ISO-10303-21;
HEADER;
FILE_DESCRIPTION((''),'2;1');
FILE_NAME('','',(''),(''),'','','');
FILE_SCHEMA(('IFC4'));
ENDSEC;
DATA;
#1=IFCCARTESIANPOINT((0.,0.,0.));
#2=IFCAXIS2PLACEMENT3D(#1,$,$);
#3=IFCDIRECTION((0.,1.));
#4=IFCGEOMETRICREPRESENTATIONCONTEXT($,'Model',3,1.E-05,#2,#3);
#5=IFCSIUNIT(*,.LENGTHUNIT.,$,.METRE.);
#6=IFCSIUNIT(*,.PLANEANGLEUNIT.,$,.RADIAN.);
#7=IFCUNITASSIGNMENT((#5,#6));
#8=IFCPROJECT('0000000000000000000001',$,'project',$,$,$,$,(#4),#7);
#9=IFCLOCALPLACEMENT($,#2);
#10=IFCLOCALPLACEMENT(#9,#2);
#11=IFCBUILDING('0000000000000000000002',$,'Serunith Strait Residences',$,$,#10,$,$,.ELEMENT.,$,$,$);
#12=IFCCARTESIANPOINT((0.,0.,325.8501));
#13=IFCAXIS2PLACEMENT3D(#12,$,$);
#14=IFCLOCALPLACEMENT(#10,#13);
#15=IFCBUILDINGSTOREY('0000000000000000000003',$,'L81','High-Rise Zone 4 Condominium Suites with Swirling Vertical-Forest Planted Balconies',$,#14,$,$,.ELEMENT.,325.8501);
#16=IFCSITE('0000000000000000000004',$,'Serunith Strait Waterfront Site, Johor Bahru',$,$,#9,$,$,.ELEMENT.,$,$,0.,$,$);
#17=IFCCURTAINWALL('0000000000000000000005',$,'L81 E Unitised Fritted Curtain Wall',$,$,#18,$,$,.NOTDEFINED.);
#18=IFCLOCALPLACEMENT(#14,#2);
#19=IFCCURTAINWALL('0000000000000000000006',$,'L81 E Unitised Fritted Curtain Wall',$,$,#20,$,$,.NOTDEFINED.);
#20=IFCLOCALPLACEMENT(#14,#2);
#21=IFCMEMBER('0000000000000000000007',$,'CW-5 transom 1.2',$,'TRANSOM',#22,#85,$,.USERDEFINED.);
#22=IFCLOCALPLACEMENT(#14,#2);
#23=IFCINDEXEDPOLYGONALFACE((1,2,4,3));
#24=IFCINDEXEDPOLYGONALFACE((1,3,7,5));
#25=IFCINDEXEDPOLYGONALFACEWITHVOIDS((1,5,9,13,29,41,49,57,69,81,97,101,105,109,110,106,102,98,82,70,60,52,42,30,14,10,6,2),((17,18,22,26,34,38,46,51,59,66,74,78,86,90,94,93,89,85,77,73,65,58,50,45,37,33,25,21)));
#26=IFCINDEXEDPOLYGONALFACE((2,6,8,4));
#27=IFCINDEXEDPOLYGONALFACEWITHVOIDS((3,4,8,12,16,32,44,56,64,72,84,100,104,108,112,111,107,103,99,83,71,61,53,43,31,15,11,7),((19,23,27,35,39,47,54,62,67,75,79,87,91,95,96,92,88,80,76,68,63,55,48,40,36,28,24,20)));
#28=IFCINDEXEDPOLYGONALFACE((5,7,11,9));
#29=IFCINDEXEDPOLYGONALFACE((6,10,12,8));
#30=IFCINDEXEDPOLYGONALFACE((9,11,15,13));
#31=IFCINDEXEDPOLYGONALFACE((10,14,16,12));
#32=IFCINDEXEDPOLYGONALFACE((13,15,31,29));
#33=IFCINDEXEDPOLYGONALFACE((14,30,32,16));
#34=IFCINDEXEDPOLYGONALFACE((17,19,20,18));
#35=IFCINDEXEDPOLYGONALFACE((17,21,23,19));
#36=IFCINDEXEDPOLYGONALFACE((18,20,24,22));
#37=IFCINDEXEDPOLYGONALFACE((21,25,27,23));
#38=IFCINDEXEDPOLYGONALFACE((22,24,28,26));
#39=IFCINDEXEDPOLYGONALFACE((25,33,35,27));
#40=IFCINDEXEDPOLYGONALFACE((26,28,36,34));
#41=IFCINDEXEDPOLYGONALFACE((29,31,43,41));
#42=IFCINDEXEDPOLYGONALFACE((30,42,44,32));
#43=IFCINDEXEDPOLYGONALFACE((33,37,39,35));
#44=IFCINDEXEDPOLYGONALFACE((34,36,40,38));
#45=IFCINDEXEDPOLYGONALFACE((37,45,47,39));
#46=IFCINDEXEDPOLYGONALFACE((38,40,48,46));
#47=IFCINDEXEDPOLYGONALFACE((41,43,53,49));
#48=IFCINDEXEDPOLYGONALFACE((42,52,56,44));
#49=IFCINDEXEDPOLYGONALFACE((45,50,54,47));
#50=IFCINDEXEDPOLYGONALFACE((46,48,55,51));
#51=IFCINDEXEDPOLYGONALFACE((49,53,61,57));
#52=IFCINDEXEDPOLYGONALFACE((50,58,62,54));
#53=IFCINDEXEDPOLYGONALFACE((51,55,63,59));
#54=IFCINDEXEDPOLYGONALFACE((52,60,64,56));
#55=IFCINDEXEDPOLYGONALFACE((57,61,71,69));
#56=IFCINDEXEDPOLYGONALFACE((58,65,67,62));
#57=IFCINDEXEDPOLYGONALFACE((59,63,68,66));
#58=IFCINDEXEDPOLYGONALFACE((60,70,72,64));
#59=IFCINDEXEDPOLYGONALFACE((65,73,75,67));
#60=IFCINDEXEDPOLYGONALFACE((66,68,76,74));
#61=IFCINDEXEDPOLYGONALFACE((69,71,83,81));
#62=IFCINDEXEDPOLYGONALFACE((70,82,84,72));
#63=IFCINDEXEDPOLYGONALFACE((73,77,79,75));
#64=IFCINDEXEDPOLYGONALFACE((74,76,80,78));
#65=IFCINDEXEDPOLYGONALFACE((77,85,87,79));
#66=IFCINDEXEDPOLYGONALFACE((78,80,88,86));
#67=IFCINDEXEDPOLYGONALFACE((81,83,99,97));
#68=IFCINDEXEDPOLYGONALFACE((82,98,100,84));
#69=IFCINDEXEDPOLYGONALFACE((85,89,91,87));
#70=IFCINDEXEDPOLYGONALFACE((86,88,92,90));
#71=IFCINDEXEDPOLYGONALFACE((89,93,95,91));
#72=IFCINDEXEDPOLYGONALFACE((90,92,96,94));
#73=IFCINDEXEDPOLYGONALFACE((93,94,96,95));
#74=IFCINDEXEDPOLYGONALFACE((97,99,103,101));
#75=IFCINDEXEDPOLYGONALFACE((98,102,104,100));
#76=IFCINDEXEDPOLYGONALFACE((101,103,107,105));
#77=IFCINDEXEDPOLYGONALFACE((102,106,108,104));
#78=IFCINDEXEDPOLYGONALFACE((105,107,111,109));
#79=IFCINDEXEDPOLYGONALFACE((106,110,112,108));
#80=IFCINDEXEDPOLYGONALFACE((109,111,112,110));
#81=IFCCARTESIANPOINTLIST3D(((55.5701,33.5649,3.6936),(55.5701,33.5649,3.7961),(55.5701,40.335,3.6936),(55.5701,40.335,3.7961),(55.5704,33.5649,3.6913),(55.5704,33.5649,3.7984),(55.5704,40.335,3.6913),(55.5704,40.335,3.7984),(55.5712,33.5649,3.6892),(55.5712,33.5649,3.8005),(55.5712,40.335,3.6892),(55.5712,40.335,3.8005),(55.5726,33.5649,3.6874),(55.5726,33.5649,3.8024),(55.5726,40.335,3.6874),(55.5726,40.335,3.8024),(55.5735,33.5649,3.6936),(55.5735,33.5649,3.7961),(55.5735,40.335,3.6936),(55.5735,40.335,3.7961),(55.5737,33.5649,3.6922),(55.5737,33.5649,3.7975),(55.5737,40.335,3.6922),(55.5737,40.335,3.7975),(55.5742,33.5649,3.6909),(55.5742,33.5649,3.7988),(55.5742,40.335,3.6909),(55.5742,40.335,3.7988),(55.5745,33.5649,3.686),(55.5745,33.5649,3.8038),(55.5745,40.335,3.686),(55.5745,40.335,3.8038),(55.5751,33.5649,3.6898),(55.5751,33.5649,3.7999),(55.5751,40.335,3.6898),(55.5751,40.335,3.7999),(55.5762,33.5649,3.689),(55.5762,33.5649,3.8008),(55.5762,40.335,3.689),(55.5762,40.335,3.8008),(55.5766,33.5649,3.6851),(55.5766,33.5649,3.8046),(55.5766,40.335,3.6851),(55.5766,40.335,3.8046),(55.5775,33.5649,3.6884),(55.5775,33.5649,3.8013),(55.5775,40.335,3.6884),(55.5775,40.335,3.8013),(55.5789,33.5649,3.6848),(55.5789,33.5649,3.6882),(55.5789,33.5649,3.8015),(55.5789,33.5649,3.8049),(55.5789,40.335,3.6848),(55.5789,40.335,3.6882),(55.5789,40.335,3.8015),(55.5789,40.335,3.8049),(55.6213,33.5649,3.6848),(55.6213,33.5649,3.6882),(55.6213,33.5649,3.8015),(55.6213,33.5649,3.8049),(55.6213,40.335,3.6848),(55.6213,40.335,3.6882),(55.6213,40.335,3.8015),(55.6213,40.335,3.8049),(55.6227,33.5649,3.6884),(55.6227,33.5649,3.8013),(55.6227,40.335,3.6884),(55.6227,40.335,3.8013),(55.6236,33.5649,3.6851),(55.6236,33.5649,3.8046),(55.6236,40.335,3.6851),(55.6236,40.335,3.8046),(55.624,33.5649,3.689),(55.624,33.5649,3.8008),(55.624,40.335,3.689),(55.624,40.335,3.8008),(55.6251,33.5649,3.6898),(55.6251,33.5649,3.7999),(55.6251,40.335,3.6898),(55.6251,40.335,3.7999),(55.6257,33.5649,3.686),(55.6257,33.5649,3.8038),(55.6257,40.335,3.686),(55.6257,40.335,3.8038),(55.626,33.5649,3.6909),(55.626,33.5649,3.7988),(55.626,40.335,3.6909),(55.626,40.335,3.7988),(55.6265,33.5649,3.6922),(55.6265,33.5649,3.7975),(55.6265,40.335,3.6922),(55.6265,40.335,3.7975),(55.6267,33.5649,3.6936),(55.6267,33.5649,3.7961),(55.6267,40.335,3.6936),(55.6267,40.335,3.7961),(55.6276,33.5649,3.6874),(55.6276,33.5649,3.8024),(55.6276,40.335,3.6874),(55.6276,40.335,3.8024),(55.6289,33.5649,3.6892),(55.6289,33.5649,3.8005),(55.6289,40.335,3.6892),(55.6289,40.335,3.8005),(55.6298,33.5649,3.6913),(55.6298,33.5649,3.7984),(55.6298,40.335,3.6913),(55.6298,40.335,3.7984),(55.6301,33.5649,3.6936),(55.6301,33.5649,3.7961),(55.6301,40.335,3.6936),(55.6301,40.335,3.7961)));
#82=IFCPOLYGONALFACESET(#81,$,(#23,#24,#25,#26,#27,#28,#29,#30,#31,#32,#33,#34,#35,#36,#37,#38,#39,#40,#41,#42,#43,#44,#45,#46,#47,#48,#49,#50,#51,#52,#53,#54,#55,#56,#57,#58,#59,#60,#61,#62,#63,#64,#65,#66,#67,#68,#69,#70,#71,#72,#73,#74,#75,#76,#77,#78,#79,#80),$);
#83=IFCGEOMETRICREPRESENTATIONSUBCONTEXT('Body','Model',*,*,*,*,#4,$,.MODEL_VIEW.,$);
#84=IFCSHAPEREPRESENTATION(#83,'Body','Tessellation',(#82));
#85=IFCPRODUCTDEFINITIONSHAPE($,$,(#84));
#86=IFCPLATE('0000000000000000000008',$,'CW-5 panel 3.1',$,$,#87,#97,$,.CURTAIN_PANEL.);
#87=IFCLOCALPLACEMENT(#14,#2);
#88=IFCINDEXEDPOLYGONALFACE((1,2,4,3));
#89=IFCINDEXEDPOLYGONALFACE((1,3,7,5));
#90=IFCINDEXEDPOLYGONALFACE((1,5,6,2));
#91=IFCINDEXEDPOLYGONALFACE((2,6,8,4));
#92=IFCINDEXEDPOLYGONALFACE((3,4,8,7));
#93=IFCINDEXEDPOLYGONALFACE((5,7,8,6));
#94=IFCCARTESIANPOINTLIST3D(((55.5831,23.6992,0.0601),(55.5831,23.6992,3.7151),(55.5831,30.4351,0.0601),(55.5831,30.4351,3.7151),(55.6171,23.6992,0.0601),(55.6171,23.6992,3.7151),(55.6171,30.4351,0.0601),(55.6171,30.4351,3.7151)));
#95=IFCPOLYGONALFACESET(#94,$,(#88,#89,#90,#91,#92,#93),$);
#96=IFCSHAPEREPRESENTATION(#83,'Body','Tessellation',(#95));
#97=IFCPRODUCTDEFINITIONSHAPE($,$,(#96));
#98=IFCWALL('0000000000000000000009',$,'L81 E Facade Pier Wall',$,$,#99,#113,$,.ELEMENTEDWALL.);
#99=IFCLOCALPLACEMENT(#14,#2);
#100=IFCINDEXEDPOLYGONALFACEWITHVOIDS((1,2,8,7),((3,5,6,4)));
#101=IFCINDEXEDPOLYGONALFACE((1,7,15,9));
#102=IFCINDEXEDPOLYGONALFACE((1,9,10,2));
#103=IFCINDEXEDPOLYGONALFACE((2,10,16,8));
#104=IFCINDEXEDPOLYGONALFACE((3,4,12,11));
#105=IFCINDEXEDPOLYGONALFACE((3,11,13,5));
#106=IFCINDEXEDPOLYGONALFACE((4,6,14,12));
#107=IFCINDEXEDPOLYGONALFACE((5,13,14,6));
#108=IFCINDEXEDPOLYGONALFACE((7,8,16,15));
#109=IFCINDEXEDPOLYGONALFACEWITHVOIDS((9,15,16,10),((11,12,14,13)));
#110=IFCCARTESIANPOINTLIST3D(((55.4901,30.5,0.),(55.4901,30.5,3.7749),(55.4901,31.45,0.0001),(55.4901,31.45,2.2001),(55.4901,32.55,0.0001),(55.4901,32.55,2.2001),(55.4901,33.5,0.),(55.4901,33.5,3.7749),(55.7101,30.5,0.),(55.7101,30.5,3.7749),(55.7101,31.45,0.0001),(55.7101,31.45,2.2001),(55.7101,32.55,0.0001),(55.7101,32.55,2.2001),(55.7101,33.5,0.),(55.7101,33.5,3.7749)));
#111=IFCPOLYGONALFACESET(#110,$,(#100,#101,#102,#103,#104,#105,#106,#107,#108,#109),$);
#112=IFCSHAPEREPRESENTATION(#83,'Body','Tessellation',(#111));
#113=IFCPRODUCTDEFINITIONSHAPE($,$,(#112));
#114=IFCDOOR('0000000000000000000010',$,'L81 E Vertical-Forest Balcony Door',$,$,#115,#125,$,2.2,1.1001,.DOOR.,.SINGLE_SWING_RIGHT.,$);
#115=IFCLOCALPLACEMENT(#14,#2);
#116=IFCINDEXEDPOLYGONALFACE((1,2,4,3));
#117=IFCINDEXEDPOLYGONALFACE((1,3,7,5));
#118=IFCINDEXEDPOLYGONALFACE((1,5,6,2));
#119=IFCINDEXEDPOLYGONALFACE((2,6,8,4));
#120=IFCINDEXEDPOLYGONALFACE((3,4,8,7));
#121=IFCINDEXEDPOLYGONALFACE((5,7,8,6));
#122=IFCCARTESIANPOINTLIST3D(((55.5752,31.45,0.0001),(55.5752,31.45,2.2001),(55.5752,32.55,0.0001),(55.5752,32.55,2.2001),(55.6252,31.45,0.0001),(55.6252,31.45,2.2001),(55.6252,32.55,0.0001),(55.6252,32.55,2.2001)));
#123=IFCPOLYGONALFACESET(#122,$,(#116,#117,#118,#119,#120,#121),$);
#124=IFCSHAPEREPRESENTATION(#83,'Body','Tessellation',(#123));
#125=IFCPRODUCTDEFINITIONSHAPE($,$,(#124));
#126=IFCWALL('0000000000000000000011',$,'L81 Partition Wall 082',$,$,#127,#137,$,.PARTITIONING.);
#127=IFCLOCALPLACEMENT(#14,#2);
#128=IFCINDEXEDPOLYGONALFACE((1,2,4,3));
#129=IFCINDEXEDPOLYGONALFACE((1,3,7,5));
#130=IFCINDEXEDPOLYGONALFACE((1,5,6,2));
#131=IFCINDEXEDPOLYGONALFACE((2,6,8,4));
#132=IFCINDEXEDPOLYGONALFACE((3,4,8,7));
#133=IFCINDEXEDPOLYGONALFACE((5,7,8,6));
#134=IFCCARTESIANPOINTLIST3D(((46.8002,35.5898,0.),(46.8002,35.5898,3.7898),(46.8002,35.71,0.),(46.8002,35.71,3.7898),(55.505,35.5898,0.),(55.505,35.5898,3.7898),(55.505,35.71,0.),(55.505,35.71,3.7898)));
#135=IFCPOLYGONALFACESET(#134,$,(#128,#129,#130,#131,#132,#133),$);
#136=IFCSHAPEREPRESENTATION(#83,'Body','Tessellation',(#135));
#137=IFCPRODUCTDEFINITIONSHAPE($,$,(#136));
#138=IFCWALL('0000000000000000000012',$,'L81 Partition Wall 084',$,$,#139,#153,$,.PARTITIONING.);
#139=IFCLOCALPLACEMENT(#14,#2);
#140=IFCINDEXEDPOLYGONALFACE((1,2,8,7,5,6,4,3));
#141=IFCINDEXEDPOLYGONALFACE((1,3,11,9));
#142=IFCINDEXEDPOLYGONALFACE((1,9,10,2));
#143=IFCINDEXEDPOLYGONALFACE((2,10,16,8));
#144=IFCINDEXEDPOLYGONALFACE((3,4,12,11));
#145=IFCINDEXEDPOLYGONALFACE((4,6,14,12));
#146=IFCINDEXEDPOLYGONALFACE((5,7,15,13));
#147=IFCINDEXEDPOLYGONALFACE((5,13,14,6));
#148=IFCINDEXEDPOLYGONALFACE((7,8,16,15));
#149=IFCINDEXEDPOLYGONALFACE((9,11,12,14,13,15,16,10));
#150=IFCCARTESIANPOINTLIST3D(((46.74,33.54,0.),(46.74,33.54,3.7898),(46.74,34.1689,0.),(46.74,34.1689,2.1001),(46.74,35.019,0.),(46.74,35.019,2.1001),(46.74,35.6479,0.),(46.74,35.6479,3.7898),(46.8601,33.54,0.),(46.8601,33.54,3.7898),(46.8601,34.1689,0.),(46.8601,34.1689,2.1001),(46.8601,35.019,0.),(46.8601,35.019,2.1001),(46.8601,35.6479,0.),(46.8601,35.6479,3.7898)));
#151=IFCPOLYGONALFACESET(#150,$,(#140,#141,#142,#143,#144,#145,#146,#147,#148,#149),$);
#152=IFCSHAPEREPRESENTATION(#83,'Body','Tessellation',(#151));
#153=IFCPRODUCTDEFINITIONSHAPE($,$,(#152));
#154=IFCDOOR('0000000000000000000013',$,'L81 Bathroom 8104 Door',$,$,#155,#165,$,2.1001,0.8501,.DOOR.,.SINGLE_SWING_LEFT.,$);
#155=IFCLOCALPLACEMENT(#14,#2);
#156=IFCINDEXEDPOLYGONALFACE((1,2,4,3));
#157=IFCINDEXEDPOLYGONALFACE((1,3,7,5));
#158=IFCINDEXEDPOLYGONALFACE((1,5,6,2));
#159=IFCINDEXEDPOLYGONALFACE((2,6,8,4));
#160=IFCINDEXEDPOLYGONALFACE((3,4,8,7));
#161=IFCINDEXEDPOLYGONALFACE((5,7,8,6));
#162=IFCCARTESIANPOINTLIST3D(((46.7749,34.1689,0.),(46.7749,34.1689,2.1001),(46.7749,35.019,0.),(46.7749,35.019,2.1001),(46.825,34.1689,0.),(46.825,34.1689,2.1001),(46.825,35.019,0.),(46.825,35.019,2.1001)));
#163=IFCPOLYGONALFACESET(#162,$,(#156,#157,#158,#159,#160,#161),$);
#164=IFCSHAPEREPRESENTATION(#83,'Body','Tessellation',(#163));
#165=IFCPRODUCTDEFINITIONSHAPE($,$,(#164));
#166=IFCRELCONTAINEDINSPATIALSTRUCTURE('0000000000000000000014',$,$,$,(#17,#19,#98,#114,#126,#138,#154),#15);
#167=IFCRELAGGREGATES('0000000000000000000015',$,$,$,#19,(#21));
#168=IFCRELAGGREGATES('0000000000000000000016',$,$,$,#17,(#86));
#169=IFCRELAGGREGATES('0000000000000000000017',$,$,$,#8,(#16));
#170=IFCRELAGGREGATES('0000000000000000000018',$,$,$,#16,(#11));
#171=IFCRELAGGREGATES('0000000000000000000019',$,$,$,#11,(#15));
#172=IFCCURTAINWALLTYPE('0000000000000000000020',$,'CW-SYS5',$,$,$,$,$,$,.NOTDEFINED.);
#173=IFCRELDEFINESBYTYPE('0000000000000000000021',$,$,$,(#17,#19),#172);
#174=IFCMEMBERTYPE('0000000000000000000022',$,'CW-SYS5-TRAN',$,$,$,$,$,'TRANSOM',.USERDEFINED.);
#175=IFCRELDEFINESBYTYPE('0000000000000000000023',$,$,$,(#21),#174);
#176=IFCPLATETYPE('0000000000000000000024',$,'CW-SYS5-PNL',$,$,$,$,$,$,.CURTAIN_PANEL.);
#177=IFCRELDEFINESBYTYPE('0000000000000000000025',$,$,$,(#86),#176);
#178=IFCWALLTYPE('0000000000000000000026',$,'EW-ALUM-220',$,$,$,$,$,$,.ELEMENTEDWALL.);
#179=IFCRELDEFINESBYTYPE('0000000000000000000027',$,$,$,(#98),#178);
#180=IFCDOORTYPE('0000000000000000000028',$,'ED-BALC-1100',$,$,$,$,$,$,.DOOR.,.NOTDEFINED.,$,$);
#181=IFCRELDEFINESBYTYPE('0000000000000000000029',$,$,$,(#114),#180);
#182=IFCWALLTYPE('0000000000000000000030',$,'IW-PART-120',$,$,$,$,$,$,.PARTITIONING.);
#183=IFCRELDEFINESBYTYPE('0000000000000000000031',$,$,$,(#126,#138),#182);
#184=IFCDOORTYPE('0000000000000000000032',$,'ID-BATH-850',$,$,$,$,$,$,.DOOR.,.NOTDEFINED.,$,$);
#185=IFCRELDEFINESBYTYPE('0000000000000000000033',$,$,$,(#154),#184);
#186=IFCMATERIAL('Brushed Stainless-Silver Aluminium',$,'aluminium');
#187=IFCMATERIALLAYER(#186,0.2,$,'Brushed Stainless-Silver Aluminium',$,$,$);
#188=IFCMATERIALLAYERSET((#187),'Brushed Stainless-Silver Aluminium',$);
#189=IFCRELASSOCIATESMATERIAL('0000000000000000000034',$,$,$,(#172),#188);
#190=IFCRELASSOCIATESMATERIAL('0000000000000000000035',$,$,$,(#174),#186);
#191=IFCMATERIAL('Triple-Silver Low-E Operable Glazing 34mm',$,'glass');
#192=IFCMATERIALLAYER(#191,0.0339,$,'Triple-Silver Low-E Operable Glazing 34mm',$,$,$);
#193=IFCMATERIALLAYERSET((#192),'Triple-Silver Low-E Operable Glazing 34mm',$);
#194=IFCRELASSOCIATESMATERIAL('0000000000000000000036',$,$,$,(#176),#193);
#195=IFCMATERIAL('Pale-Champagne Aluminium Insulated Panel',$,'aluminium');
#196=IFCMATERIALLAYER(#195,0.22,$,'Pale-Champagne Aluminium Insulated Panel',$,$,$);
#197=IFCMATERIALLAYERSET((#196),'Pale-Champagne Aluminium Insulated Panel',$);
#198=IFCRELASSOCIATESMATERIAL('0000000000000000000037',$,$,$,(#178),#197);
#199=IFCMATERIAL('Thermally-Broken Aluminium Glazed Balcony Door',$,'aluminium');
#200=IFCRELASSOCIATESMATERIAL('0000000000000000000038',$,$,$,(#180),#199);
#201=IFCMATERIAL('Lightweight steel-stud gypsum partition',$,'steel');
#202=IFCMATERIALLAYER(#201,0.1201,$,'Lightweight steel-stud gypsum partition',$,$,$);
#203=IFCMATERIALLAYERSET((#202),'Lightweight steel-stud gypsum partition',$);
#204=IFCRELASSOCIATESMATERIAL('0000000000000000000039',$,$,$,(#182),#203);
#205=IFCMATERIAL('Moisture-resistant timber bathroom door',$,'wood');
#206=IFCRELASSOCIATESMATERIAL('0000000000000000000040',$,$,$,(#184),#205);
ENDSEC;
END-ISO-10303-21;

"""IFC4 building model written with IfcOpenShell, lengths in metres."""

from ifc_helpers import new_model, si_unit, direction, frame, frame_2d, origin, origin_2d, place, context, subcontext, project, spatial, rectangle, hollow_rectangle, extrude, source, transform, mapped, material, layer, layer_set, material_profile, profile_set, type_object, element, fill, aggregate, save


model = new_model("IFC4")

# Units and contexts
model_context = context("Model", 3, precision=1e-05, world=origin(), true_north=direction((0.0, 1.0)))
body_context = subcontext(model_context, "Body", "Model", "MODEL_VIEW")
ifc_project = project(units=[si_unit("LENGTHUNIT", "METRE"), si_unit("PLANEANGLEUNIT", "RADIAN")], contexts=[model_context])

# Site, building, storey
site_placement = place(None, origin())
site = spatial("IfcSite", under=ifc_project, at=site_placement, Name="Serunith Strait Waterfront Site, Johor Bahru", CompositionType="ELEMENT", RefElevation=0.0)
building_placement = place(site_placement, origin())
building = spatial("IfcBuilding", under=site, at=building_placement, Name="Serunith Strait Residences", CompositionType="ELEMENT")
storey_placement = place(building_placement, frame((0.0, 0.0, 325.8501)))
storey = spatial("IfcBuildingStorey", under=building, at=storey_placement, Name="L81", Description="High-Rise Zone 4 Condominium Suites with Swirling Vertical-Forest Planted Balconies", CompositionType="ELEMENT", Elevation=325.8501)

# Curtain wall
ifc_material_1 = material(Name="Brushed Stainless-Silver Aluminium", Category="aluminium")
ifc_layer_1 = layer(ifc_material_1, 0.2, Name="Brushed Stainless-Silver Aluminium")
ifc_layer_set_1 = layer_set([ifc_layer_1], Name="Brushed Stainless-Silver Aluminium")
curtain_wall_type = type_object("IfcCurtainWallType", Name="CW-SYS5", PredefinedType="NOTDEFINED", material=ifc_layer_set_1)
curtain_wall_1_placement = place(storey_placement, origin())
curtain_wall_1 = element("IfcCurtainWall", 1, at=curtain_wall_1_placement, inside=storey, type_object=curtain_wall_type, Name="L81 E Unitised Fritted Curtain Wall", PredefinedType="NOTDEFINED")

# Curtain wall
curtain_wall_2_placement = place(storey_placement, origin())
curtain_wall_2 = element("IfcCurtainWall", 2, at=curtain_wall_2_placement, inside=storey, type_object=curtain_wall_type, Name="L81 E Unitised Fritted Curtain Wall", PredefinedType="NOTDEFINED")

# Member
ifc_material_profile_1 = material_profile(ifc_material_1, hollow_rectangle(XDim=0.0601, YDim=0.1201, WallThickness=0.0034, InnerFilletRadius=0.0054, OuterFilletRadius=0.0088, at=origin_2d()), Name="ALU 120x60x3.5")
ifc_profile_set_1 = profile_set([ifc_material_profile_1], Name="Brushed Stainless-Silver Aluminium")
member_type_1 = type_object("IfcMemberType", Name="CW-SYS5-TRAN", ElementType="TRANSOM", PredefinedType="USERDEFINED", material=ifc_profile_set_1)
shared_shape_1 = source(origin(), body_context, "Body", "SweptSolid", [
    extrude(hollow_rectangle(XDim=0.0601, YDim=0.1201, WallThickness=0.0034, InnerFilletRadius=0.0054, OuterFilletRadius=0.0088, at=origin_2d()), origin(), (0.0, 0.0, 1.0), 6.77),
])
member_1_placement = place(storey_placement, frame((55.6001, 33.5649, 3.7449), z_axis=(0.0, 1.0, 0.0), x_axis=(-1.0, 0.0, 0.0)))
member_1 = element("IfcMember", 3, at=member_1_placement, type_object=member_type_1, Name="CW-5 transom 1.2", ObjectType="TRANSOM", PredefinedType="USERDEFINED", context=body_context, shape_type="MappedRepresentation", body=[
    mapped(shared_shape_1, transform((0.0, 0.0, 0.0), scale=1.0)),
])
aggregate(curtain_wall_2, [member_1])

# Plate
ifc_material_2 = material(Name="Triple-Silver Low-E Operable Glazing 34mm", Category="glass")
ifc_layer_2 = layer(ifc_material_2, 0.0339, Name="Triple-Silver Low-E Operable Glazing 34mm")
ifc_layer_set_2 = layer_set([ifc_layer_2], Name="Triple-Silver Low-E Operable Glazing 34mm")
plate_type = type_object("IfcPlateType", Name="CW-SYS5-PNL", PredefinedType="CURTAIN_PANEL", material=ifc_layer_set_2)
shared_shape_2 = source(origin(), body_context, "Body", "SweptSolid", [
    extrude(rectangle(XDim=6.7358, YDim=0.0339, at=origin_2d()), origin(), (0.0, 0.0, 1.0), 3.655),
])
plate_placement = place(storey_placement, frame((55.6001, 27.0671, 0.0601), z_axis=(0.0, 0.0, 1.0), x_axis=(0.0, 1.0, 0.0)))
plate = element("IfcPlate", 4, at=plate_placement, type_object=plate_type, Name="CW-5 panel 3.1", PredefinedType="CURTAIN_PANEL", context=body_context, shape_type="MappedRepresentation", body=[
    mapped(shared_shape_2, transform((0.0, 0.0, 0.0), scale=1.0)),
])
aggregate(curtain_wall_1, [plate])

# Wall, opening, door
ifc_material_3 = material(Name="Pale-Champagne Aluminium Insulated Panel", Category="aluminium")
ifc_layer_3 = layer(ifc_material_3, 0.22, Name="Pale-Champagne Aluminium Insulated Panel")
ifc_layer_set_3 = layer_set([ifc_layer_3], Name="Pale-Champagne Aluminium Insulated Panel")
wall_type_1 = type_object("IfcWallType", Name="EW-ALUM-220", PredefinedType="ELEMENTEDWALL", material=ifc_layer_set_3)
wall_1_placement = place(storey_placement, frame((55.6001, 30.5, 0.0), z_axis=(0.0, 0.0, 1.0), x_axis=(0.0, 1.0, 0.0)))
wall_1 = element("IfcWall", 5, at=wall_1_placement, inside=storey, type_object=wall_type_1, Name="L81 E Facade Pier Wall", PredefinedType="ELEMENTEDWALL", context=body_context, shape_type="SweptSolid", body=[
    extrude(rectangle(XDim=3.0, YDim=0.22, at=frame_2d((1.5, 0.0))), origin(), (0.0, 0.0, 1.0), 3.7749),
])
opening_1_placement = place(wall_1_placement, frame((0.95, 0.0, 0.0)))
opening_1 = element("IfcOpeningElement", 6, at=opening_1_placement, cuts=wall_1, PredefinedType="OPENING", context=body_context, shape_type="SweptSolid", body=[
    extrude(rectangle(XDim=1.1001, YDim=2.2, at=frame_2d((0.55, 1.1001))), frame((0.0, 0.1201, 0.0), z_axis=(0.0, -1.0, 0.0), x_axis=(1.0, 0.0, 0.0)), (0.0, 0.0, 1.0), 0.24),
])
ifc_material_4 = material(Name="Thermally-Broken Aluminium Glazed Balcony Door", Category="aluminium")
door_type_1 = type_object("IfcDoorType", Name="ED-BALC-1100", OperationType="NOTDEFINED", PredefinedType="DOOR", material=ifc_material_4)
shared_shape_3 = source(origin(), body_context, "Body", "SweptSolid", [
    extrude(rectangle(XDim=1.1001, YDim=2.2, at=frame_2d((0.55, 1.1001))), frame((0.0, 0.0249, 0.0), z_axis=(0.0, -1.0, 0.0), x_axis=(1.0, 0.0, 0.0)), (0.0, 0.0, 1.0), 0.05),
])
door_1_placement = place(opening_1_placement, origin())
door_1 = element("IfcDoor", 7, at=door_1_placement, inside=storey, type_object=door_type_1, Name="L81 E Vertical-Forest Balcony Door", OperationType="SINGLE_SWING_RIGHT", OverallHeight=2.2, OverallWidth=1.1001, PredefinedType="DOOR", context=body_context, shape_type="MappedRepresentation", body=[
    mapped(shared_shape_3, transform((0.0, 0.0, 0.0), scale=1.0)),
])
fill(opening_1, door_1)

# Wall
ifc_material_5 = material(Name="Lightweight steel-stud gypsum partition", Category="steel")
ifc_layer_4 = layer(ifc_material_5, 0.1201, Name="Lightweight steel-stud gypsum partition")
ifc_layer_set_4 = layer_set([ifc_layer_4], Name="Lightweight steel-stud gypsum partition")
wall_type_2 = type_object("IfcWallType", Name="IW-PART-120", PredefinedType="PARTITIONING", material=ifc_layer_set_4)
wall_2_placement = place(storey_placement, frame((46.8, 35.6499, 0.0), z_axis=(0.0, 0.0, 1.0), x_axis=(1.0, 0.0, 0.0)))
element("IfcWall", 8, at=wall_2_placement, inside=storey, type_object=wall_type_2, Name="L81 Partition Wall 082", PredefinedType="PARTITIONING", context=body_context, shape_type="SweptSolid", body=[
    extrude(rectangle(XDim=8.7048, YDim=0.1201, at=frame_2d((4.3525, 0.0))), origin(), (0.0, 0.0, 1.0), 3.7898),
])

# Wall, opening, door
wall_3_placement = place(storey_placement, frame((46.8, 35.6479, 0.0), z_axis=(0.0, 0.0, 1.0), x_axis=(0.0, -1.0, 0.0)))
wall_3 = element("IfcWall", 9, at=wall_3_placement, inside=storey, type_object=wall_type_2, Name="L81 Partition Wall 084", PredefinedType="PARTITIONING", context=body_context, shape_type="SweptSolid", body=[
    extrude(rectangle(XDim=2.1079, YDim=0.1201, at=frame_2d((1.054, 0.0))), origin(), (0.0, 0.0, 1.0), 3.7898),
])
opening_2_placement = place(wall_3_placement, frame((0.6289, 0.0, 0.0)))
opening_2 = element("IfcOpeningElement", 10, at=opening_2_placement, cuts=wall_3, PredefinedType="OPENING", context=body_context, shape_type="SweptSolid", body=[
    extrude(rectangle(XDim=0.8501, YDim=2.1001, at=frame_2d((0.425, 1.05))), frame((0.0, 0.0701, 0.0), z_axis=(0.0, -1.0, 0.0), x_axis=(1.0, 0.0, 0.0)), (0.0, 0.0, 1.0), 0.1401),
])
ifc_material_6 = material(Name="Moisture-resistant timber bathroom door", Category="wood")
door_type_2 = type_object("IfcDoorType", Name="ID-BATH-850", OperationType="NOTDEFINED", PredefinedType="DOOR", material=ifc_material_6)
shared_shape_4 = source(origin(), body_context, "Body", "SweptSolid", [
    extrude(rectangle(XDim=0.8501, YDim=2.1001, at=frame_2d((0.425, 1.05))), frame((0.0, 0.0249, 0.0), z_axis=(0.0, -1.0, 0.0), x_axis=(1.0, 0.0, 0.0)), (0.0, 0.0, 1.0), 0.05),
])
door_2_placement = place(opening_2_placement, origin())
door_2 = element("IfcDoor", 11, at=door_2_placement, inside=storey, type_object=door_type_2, Name="L81 Bathroom 8104 Door", OperationType="SINGLE_SWING_LEFT", OverallHeight=2.1001, OverallWidth=0.8501, PredefinedType="DOOR", context=body_context, shape_type="MappedRepresentation", body=[
    mapped(shared_shape_4, transform((0.0, 0.0, 0.0), scale=1.0)),
])
fill(opening_2, door_2)

save(model, "model.ifc")
